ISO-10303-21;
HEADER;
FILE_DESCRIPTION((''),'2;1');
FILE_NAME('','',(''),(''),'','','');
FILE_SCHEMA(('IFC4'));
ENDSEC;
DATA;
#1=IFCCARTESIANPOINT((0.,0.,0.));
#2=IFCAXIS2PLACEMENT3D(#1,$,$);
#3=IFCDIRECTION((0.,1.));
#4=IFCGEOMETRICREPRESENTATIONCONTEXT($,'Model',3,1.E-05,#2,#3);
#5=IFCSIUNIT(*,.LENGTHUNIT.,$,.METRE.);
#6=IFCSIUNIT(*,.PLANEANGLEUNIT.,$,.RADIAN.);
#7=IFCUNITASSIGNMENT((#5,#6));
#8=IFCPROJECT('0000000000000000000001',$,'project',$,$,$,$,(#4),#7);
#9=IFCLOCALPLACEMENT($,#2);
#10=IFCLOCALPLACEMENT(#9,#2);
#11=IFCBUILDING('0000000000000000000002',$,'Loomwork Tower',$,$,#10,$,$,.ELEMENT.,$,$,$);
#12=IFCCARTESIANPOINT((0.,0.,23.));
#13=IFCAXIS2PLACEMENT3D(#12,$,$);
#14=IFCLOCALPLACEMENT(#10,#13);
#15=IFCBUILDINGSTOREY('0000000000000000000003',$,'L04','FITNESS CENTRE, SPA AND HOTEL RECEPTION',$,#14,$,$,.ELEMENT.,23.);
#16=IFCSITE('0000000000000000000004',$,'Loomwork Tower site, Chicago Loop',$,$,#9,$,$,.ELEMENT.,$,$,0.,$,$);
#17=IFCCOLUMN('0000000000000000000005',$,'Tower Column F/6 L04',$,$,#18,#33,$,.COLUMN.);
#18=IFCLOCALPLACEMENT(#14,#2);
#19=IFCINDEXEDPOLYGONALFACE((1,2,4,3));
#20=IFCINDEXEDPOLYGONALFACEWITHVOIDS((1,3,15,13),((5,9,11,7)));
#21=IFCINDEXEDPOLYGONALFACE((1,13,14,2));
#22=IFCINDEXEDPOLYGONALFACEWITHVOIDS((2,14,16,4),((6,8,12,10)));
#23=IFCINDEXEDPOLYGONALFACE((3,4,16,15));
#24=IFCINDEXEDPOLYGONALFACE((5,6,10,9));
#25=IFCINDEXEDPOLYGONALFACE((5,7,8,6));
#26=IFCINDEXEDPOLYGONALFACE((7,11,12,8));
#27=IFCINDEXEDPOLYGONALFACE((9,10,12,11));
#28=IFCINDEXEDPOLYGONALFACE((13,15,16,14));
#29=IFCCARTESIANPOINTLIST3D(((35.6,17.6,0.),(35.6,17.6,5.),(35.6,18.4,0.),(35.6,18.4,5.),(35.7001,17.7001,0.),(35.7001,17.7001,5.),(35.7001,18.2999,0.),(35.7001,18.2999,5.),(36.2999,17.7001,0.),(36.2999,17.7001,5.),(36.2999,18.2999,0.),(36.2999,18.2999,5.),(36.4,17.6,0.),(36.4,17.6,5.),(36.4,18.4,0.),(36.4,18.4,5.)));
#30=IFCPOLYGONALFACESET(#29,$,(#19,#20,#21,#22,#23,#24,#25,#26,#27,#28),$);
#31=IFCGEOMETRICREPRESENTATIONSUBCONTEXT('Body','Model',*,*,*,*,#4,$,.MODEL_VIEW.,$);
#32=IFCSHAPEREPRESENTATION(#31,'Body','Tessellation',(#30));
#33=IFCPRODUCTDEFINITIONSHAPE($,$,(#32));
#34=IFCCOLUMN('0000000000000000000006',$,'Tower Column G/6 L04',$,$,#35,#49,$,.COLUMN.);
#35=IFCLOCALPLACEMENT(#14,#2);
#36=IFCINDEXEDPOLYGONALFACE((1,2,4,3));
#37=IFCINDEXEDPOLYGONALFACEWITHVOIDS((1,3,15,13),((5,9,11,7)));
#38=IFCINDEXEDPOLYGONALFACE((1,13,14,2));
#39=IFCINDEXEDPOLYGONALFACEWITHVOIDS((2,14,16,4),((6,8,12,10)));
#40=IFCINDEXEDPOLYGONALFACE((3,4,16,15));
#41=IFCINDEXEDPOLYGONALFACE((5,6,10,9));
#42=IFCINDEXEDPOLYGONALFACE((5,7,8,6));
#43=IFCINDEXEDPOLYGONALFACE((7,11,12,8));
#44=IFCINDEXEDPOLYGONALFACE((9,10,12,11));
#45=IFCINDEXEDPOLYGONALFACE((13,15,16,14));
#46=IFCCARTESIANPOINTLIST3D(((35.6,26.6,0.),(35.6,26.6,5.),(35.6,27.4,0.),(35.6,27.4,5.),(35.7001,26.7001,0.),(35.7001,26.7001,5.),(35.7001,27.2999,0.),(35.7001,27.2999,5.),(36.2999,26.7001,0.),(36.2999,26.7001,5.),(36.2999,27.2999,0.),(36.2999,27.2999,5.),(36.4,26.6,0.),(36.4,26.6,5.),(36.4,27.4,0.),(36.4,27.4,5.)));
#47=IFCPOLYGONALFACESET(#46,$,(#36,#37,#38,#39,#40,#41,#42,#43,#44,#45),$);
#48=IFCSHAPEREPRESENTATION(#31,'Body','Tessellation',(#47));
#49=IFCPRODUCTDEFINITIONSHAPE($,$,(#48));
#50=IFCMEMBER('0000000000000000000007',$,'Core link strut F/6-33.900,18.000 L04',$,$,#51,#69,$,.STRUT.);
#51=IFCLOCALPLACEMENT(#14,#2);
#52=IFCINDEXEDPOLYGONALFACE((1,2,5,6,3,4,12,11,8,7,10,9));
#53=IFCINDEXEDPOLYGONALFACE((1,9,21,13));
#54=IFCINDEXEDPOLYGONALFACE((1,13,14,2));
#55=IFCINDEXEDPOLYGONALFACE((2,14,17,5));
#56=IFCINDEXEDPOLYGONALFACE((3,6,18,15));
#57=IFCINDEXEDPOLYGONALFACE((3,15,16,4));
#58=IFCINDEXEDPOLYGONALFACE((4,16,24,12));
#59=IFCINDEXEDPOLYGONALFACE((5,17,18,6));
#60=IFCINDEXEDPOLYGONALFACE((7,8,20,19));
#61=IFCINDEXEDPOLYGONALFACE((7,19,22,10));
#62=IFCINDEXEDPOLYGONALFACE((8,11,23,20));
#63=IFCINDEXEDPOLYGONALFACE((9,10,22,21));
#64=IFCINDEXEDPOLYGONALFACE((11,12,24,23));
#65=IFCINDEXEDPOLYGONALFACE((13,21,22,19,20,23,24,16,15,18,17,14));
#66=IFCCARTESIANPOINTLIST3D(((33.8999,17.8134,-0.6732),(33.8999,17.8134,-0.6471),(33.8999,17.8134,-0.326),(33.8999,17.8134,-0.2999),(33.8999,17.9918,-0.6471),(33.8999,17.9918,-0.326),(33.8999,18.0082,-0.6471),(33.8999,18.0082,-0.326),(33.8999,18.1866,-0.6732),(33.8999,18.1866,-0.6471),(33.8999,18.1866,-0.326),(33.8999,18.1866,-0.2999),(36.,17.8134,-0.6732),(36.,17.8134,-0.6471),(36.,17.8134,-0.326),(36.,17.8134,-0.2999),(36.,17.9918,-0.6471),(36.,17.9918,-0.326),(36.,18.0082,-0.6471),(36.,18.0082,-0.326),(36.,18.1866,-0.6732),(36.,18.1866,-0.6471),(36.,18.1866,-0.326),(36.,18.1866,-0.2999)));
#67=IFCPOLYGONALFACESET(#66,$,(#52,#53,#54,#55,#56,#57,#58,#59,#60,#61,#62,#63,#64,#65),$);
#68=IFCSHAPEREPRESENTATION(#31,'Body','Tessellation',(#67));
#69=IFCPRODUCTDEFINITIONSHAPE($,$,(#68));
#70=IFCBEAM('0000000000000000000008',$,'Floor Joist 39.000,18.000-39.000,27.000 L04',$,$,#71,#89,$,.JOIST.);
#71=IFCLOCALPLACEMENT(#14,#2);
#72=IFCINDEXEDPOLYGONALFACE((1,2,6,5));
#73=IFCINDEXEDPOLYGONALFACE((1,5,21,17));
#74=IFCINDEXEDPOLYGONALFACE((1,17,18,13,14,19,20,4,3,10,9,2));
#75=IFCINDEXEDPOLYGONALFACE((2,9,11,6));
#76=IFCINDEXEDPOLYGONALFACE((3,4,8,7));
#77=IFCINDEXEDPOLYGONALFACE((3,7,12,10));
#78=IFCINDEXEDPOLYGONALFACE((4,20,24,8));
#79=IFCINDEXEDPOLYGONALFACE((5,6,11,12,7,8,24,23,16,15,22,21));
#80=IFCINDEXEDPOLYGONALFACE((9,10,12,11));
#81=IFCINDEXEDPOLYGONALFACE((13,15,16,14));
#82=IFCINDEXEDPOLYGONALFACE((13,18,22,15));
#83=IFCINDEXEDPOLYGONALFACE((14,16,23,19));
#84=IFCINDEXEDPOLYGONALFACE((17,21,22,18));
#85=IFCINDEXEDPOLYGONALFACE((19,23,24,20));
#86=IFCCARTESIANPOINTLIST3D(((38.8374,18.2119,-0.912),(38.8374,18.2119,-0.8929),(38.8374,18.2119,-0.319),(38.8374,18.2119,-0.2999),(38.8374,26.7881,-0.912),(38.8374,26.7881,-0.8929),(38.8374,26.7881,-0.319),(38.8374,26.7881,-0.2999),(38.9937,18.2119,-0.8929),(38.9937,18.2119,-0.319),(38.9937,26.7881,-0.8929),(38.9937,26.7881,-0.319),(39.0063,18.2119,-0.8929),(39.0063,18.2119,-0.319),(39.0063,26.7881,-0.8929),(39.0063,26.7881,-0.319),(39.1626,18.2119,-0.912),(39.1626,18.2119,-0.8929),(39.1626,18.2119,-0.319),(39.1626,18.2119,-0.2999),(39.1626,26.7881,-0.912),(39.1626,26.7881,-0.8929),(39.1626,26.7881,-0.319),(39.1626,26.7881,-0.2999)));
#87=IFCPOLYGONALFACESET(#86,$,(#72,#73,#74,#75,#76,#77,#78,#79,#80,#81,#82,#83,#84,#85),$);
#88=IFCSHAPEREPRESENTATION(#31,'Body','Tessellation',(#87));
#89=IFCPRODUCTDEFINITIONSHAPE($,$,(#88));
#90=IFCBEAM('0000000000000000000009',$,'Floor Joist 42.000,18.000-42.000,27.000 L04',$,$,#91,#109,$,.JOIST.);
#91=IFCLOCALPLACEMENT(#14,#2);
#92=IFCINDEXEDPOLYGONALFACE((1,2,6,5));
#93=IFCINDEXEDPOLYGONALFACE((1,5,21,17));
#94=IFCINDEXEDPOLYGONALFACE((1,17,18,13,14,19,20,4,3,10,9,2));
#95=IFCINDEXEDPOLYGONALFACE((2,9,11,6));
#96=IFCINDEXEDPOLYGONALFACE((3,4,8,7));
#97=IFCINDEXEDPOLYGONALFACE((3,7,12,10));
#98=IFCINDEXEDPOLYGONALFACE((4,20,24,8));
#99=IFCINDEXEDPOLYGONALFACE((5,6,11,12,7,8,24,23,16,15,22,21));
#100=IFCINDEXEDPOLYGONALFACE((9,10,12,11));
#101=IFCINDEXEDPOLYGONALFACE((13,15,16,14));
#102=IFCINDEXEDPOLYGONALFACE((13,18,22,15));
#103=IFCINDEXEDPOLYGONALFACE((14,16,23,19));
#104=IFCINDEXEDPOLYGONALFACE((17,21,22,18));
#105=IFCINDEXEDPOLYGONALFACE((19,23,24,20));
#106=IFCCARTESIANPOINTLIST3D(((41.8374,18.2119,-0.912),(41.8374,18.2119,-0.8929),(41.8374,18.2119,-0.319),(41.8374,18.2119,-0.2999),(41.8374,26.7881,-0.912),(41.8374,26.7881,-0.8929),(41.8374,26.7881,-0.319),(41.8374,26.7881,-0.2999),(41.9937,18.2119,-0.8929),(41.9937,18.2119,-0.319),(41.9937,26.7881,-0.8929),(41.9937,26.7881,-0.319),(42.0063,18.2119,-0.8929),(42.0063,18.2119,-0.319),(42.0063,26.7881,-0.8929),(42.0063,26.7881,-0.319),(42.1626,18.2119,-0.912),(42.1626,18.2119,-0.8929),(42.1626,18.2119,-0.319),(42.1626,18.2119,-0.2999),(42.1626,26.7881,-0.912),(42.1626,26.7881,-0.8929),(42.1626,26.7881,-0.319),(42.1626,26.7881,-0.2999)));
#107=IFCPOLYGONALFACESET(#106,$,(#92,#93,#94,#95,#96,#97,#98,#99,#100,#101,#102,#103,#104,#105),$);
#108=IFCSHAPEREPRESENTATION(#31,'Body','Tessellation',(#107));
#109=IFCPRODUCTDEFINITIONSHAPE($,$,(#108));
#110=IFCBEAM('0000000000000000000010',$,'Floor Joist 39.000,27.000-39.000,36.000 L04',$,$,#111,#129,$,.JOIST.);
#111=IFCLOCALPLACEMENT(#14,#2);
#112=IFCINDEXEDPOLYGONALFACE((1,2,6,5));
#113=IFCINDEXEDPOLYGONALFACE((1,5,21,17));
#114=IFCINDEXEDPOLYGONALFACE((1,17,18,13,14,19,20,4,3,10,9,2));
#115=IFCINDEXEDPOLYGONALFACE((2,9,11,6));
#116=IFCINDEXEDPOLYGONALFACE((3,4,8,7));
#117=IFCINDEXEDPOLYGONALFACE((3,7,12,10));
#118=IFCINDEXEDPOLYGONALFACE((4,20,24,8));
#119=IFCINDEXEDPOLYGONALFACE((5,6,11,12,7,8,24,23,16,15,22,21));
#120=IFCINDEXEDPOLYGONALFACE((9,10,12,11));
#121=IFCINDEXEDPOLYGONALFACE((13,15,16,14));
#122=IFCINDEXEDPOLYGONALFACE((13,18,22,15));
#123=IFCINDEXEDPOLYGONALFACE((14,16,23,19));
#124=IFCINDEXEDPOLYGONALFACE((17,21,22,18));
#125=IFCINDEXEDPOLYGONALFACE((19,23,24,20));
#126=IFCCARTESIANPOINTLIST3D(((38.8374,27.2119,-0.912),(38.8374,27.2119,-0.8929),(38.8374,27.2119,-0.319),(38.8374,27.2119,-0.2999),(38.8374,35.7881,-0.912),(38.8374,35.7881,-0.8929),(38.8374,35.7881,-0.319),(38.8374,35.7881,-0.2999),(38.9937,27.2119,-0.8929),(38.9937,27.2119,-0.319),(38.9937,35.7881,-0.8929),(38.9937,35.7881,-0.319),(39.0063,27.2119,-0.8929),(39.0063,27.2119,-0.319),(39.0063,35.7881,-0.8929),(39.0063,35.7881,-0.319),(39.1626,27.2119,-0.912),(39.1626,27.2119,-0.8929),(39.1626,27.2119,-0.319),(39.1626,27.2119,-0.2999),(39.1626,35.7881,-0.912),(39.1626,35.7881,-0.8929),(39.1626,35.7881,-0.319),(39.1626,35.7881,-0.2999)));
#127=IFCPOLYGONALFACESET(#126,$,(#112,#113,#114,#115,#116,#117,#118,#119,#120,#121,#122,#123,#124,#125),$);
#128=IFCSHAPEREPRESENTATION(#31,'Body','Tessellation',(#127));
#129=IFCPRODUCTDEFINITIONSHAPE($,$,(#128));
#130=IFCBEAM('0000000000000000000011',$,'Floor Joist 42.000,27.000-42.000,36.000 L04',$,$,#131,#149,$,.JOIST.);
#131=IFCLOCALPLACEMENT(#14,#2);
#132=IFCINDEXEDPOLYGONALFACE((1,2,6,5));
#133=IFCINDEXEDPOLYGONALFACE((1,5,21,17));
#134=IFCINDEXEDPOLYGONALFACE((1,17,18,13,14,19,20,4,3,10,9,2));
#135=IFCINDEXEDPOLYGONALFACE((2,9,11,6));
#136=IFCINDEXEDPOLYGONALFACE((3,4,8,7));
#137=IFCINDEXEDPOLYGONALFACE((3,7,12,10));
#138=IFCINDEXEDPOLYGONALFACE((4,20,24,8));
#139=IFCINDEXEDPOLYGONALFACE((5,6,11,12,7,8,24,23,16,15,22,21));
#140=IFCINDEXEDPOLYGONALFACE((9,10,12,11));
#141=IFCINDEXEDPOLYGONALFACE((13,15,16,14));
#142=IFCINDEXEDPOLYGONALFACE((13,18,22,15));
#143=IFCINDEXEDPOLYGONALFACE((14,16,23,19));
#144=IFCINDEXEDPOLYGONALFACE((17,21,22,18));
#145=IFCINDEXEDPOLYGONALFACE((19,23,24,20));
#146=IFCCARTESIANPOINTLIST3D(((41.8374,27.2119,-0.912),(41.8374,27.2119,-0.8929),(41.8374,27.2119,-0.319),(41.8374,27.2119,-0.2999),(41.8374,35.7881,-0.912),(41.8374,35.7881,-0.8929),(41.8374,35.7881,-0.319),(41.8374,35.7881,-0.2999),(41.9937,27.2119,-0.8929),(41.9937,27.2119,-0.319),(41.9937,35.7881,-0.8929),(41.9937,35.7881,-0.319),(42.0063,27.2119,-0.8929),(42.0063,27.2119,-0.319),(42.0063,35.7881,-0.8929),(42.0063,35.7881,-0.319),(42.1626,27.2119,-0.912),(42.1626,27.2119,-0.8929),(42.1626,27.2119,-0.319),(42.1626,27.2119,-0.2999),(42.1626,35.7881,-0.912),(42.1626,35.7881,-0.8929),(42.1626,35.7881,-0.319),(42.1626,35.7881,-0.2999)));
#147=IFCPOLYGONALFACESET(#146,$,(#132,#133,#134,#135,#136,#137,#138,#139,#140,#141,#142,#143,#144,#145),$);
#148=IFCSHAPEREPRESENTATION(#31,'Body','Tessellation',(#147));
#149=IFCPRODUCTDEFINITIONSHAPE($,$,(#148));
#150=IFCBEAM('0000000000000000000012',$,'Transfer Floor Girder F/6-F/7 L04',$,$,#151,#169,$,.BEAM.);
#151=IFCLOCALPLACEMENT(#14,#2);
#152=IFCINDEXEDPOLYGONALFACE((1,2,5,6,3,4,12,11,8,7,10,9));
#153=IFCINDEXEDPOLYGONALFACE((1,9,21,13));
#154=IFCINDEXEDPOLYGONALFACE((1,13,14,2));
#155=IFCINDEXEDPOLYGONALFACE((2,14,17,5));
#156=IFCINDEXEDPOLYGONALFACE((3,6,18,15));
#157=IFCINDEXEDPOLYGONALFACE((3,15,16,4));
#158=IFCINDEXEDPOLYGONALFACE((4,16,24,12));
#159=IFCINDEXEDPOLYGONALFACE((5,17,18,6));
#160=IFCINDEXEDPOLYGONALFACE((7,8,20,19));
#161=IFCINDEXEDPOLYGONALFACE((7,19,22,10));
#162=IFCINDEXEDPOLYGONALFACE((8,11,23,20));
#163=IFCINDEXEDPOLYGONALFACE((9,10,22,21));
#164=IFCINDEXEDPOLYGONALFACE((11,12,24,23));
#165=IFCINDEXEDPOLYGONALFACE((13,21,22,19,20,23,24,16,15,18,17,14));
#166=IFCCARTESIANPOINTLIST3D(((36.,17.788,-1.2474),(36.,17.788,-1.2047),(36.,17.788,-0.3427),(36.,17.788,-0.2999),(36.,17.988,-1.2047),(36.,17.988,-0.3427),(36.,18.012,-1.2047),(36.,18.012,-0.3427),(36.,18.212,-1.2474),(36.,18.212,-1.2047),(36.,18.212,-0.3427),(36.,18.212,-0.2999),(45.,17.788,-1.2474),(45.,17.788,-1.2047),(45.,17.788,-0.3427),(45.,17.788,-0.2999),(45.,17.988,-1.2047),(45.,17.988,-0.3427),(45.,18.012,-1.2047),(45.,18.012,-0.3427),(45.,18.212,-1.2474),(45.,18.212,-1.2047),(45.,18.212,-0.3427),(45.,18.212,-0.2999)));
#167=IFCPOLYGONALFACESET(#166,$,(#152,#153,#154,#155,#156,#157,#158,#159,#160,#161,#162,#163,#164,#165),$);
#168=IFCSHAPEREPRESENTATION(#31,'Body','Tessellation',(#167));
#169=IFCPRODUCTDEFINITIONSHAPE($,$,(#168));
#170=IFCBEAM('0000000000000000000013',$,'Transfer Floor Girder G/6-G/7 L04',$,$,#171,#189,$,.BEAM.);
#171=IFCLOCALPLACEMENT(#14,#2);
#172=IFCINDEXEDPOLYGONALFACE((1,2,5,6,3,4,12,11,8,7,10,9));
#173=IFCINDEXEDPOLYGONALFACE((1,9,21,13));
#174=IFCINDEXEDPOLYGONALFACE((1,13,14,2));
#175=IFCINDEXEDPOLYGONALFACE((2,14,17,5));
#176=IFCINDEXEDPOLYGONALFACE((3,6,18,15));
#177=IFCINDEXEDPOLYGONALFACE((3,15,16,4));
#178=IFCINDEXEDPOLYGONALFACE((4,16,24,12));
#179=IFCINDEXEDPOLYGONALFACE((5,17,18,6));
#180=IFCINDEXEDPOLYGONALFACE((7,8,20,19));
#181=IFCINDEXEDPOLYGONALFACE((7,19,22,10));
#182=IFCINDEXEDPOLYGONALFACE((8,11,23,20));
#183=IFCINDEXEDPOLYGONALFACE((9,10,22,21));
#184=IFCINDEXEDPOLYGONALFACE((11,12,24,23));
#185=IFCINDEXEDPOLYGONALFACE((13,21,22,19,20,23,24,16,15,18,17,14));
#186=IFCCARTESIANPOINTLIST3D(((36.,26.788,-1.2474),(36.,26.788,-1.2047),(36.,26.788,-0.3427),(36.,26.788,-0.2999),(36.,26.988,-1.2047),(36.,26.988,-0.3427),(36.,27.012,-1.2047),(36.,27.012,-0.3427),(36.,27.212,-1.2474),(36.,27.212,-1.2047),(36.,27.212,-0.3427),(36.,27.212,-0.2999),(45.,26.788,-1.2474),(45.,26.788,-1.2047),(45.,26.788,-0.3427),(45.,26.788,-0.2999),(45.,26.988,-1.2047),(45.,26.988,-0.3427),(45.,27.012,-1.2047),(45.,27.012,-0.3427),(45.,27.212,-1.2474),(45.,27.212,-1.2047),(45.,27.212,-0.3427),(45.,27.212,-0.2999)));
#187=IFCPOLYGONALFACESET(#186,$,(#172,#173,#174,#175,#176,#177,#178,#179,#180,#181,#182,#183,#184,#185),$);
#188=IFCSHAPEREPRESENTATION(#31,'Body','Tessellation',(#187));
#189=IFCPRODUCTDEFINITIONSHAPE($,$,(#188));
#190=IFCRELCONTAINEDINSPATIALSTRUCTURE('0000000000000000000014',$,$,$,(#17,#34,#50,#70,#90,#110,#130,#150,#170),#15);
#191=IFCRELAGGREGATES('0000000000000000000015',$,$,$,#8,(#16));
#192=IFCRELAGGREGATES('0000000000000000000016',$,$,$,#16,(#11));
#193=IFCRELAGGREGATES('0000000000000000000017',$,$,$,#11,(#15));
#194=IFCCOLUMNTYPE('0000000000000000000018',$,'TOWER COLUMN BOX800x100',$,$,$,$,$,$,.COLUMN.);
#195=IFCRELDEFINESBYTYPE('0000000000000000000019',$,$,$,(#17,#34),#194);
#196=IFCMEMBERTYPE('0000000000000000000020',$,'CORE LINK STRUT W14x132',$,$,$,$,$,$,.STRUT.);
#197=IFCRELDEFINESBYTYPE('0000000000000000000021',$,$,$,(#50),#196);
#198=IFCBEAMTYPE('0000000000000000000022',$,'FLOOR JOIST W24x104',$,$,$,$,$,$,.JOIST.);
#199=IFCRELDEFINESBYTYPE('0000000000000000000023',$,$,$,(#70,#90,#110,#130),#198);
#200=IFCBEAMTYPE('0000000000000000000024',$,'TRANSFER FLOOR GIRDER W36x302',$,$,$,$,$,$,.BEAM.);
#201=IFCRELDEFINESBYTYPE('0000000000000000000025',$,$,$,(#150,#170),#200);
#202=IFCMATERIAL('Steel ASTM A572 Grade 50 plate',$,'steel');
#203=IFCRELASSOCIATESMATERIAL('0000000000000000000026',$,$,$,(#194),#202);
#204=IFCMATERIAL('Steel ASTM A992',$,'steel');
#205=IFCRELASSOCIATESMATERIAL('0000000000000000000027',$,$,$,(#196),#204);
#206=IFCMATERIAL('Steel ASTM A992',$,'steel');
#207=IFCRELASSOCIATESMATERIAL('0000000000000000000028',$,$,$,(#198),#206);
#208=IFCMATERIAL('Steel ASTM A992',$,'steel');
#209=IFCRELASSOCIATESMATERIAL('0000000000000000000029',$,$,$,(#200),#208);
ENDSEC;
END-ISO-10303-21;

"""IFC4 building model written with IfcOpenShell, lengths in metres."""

from ifc_helpers import new_model, si_unit, direction, frame, origin, origin_2d, place, context, subcontext, project, spatial, hollow_rectangle, i_section, extrude, material, material_profile, profile_set, type_object, element, save


model = new_model("IFC4")

# Units and contexts
model_context = context("Model", 3, precision=1e-05, world=origin(), true_north=direction((0.0, 1.0)))
body_context = subcontext(model_context, "Body", "Model", "MODEL_VIEW")
ifc_project = project(units=[si_unit("LENGTHUNIT", "METRE"), si_unit("PLANEANGLEUNIT", "RADIAN")], contexts=[model_context])

# Site, building, storey
site_placement = place(None, origin())
site = spatial("IfcSite", under=ifc_project, at=site_placement, Name="Loomwork Tower site, Chicago Loop", CompositionType="ELEMENT", RefElevation=0.0)
building_placement = place(site_placement, origin())
building = spatial("IfcBuilding", under=site, at=building_placement, Name="Loomwork Tower", CompositionType="ELEMENT")
storey_placement = place(building_placement, frame((0.0, 0.0, 23.0)))
storey = spatial("IfcBuildingStorey", under=building, at=storey_placement, Name="L04", Description="FITNESS CENTRE, SPA AND HOTEL RECEPTION", CompositionType="ELEMENT", Elevation=23.0)

# Columns
ifc_material_1 = material(Name="Steel ASTM A572 Grade 50 plate", Category="steel")
ifc_material_profile_1 = material_profile(ifc_material_1, hollow_rectangle(XDim=0.8, YDim=0.8, WallThickness=0.1001, at=origin_2d()), Name="BOX800x100")
ifc_profile_set_1 = profile_set([ifc_material_profile_1], Name="Steel ASTM A572 Grade 50 plate")
column_type = type_object("IfcColumnType", Name="TOWER COLUMN BOX800x100", PredefinedType="COLUMN", material=ifc_profile_set_1)
for number, where, z_axis, x_axis, name in (
    (1, (36.0, 18.0, 0.0), (0.0, 0.0, 1.0), (0.0, 1.0, 0.0), "Tower Column F/6 L04"),
    (2, (36.0, 27.0, 0.0), (0.0, 0.0, 1.0), (1.0, 0.0, 0.0), "Tower Column G/6 L04"),
):
    element("IfcColumn", number, at=place(storey_placement, frame(where, z_axis=z_axis, x_axis=x_axis)), inside=storey, type_object=column_type, Name=name, PredefinedType="COLUMN", context=body_context, shape_type="SweptSolid", body=[
        extrude(hollow_rectangle(XDim=0.8, YDim=0.8, WallThickness=0.1001, at=origin_2d()), origin(), (0.0, 0.0, 1.0), 5.0),
    ])

# Member
ifc_material_2 = material(Name="Steel ASTM A992", Category="steel")
ifc_material_profile_2 = material_profile(ifc_material_2, i_section(OverallWidth=0.3733, OverallDepth=0.3733, WebThickness=0.0164, FlangeThickness=0.0261, at=origin_2d()), Name="W14x132")
ifc_profile_set_2 = profile_set([ifc_material_profile_2], Name="Steel ASTM A992")
member_type = type_object("IfcMemberType", Name="CORE LINK STRUT W14x132", PredefinedType="STRUT", material=ifc_profile_set_2)
member_placement = place(storey_placement, frame((36.0, 18.0, -0.4866), z_axis=(-1.0, 0.0, 0.0), x_axis=(0.0, -1.0, 0.0)))
element("IfcMember", 3, at=member_placement, inside=storey, type_object=member_type, Name="Core link strut F/6-33.900,18.000 L04", PredefinedType="STRUT", context=body_context, shape_type="SweptSolid", body=[
    extrude(i_section(OverallWidth=0.3733, OverallDepth=0.3733, WebThickness=0.0164, FlangeThickness=0.0261, at=origin_2d()), origin(), (0.0, 0.0, 1.0), 2.1001),
])

# Beams
ifc_material_3 = material(Name="Steel ASTM A992", Category="steel")
ifc_material_profile_3 = material_profile(ifc_material_3, i_section(OverallWidth=0.3252, OverallDepth=0.6121, WebThickness=0.0127, FlangeThickness=0.019, at=origin_2d()), Name="W24x104")
ifc_profile_set_3 = profile_set([ifc_material_profile_3], Name="Steel ASTM A992")
beam_type_1 = type_object("IfcBeamType", Name="FLOOR JOIST W24x104", PredefinedType="JOIST", material=ifc_profile_set_3)
for number, where, z_axis, x_axis, name in (
    (4, (39.0, 18.2119, -0.606), (0.0, 1.0, 0.0), (-1.0, 0.0, 0.0), "Floor Joist 39.000,18.000-39.000,27.000 L04"),
    (5, (42.0, 18.2119, -0.606), (0.0, 1.0, 0.0), (-1.0, 0.0, 0.0), "Floor Joist 42.000,18.000-42.000,27.000 L04"),
    (6, (39.0, 27.2119, -0.606), (0.0, 1.0, 0.0), (-1.0, 0.0, 0.0), "Floor Joist 39.000,27.000-39.000,36.000 L04"),
    (7, (42.0, 27.2119, -0.606), (0.0, 1.0, 0.0), (-1.0, 0.0, 0.0), "Floor Joist 42.000,27.000-42.000,36.000 L04"),
):
    element("IfcBeam", number, at=place(storey_placement, frame(where, z_axis=z_axis, x_axis=x_axis)), inside=storey, type_object=beam_type_1, Name=name, PredefinedType="JOIST", context=body_context, shape_type="SweptSolid", body=[
        extrude(i_section(OverallWidth=0.3252, OverallDepth=0.6121, WebThickness=0.0127, FlangeThickness=0.019, at=origin_2d()), origin(), (0.0, 0.0, 1.0), 8.5762),
    ])
ifc_material_4 = material(Name="Steel ASTM A992", Category="steel")
ifc_material_profile_4 = material_profile(ifc_material_4, i_section(OverallWidth=0.4241, OverallDepth=0.9475, WebThickness=0.0239, FlangeThickness=0.0427, at=origin_2d()), Name="W36x302")
ifc_profile_set_4 = profile_set([ifc_material_profile_4], Name="Steel ASTM A992")
beam_type_2 = type_object("IfcBeamType", Name="TRANSFER FLOOR GIRDER W36x302", PredefinedType="BEAM", material=ifc_profile_set_4)
for number, where, z_axis, x_axis, name in (
    (8, (36.0, 18.0, -0.7737), (1.0, 0.0, 0.0), (0.0, 1.0, 0.0), "Transfer Floor Girder F/6-F/7 L04"),
    (9, (36.0, 27.0, -0.7737), (1.0, 0.0, 0.0), (0.0, 1.0, 0.0), "Transfer Floor Girder G/6-G/7 L04"),
):
    element("IfcBeam", number, at=place(storey_placement, frame(where, z_axis=z_axis, x_axis=x_axis)), inside=storey, type_object=beam_type_2, Name=name, PredefinedType="BEAM", context=body_context, shape_type="SweptSolid", body=[
        extrude(i_section(OverallWidth=0.4241, OverallDepth=0.9475, WebThickness=0.0239, FlangeThickness=0.0427, at=origin_2d()), origin(), (0.0, 0.0, 1.0), 9.0),
    ])

save(model, "model.ifc")
